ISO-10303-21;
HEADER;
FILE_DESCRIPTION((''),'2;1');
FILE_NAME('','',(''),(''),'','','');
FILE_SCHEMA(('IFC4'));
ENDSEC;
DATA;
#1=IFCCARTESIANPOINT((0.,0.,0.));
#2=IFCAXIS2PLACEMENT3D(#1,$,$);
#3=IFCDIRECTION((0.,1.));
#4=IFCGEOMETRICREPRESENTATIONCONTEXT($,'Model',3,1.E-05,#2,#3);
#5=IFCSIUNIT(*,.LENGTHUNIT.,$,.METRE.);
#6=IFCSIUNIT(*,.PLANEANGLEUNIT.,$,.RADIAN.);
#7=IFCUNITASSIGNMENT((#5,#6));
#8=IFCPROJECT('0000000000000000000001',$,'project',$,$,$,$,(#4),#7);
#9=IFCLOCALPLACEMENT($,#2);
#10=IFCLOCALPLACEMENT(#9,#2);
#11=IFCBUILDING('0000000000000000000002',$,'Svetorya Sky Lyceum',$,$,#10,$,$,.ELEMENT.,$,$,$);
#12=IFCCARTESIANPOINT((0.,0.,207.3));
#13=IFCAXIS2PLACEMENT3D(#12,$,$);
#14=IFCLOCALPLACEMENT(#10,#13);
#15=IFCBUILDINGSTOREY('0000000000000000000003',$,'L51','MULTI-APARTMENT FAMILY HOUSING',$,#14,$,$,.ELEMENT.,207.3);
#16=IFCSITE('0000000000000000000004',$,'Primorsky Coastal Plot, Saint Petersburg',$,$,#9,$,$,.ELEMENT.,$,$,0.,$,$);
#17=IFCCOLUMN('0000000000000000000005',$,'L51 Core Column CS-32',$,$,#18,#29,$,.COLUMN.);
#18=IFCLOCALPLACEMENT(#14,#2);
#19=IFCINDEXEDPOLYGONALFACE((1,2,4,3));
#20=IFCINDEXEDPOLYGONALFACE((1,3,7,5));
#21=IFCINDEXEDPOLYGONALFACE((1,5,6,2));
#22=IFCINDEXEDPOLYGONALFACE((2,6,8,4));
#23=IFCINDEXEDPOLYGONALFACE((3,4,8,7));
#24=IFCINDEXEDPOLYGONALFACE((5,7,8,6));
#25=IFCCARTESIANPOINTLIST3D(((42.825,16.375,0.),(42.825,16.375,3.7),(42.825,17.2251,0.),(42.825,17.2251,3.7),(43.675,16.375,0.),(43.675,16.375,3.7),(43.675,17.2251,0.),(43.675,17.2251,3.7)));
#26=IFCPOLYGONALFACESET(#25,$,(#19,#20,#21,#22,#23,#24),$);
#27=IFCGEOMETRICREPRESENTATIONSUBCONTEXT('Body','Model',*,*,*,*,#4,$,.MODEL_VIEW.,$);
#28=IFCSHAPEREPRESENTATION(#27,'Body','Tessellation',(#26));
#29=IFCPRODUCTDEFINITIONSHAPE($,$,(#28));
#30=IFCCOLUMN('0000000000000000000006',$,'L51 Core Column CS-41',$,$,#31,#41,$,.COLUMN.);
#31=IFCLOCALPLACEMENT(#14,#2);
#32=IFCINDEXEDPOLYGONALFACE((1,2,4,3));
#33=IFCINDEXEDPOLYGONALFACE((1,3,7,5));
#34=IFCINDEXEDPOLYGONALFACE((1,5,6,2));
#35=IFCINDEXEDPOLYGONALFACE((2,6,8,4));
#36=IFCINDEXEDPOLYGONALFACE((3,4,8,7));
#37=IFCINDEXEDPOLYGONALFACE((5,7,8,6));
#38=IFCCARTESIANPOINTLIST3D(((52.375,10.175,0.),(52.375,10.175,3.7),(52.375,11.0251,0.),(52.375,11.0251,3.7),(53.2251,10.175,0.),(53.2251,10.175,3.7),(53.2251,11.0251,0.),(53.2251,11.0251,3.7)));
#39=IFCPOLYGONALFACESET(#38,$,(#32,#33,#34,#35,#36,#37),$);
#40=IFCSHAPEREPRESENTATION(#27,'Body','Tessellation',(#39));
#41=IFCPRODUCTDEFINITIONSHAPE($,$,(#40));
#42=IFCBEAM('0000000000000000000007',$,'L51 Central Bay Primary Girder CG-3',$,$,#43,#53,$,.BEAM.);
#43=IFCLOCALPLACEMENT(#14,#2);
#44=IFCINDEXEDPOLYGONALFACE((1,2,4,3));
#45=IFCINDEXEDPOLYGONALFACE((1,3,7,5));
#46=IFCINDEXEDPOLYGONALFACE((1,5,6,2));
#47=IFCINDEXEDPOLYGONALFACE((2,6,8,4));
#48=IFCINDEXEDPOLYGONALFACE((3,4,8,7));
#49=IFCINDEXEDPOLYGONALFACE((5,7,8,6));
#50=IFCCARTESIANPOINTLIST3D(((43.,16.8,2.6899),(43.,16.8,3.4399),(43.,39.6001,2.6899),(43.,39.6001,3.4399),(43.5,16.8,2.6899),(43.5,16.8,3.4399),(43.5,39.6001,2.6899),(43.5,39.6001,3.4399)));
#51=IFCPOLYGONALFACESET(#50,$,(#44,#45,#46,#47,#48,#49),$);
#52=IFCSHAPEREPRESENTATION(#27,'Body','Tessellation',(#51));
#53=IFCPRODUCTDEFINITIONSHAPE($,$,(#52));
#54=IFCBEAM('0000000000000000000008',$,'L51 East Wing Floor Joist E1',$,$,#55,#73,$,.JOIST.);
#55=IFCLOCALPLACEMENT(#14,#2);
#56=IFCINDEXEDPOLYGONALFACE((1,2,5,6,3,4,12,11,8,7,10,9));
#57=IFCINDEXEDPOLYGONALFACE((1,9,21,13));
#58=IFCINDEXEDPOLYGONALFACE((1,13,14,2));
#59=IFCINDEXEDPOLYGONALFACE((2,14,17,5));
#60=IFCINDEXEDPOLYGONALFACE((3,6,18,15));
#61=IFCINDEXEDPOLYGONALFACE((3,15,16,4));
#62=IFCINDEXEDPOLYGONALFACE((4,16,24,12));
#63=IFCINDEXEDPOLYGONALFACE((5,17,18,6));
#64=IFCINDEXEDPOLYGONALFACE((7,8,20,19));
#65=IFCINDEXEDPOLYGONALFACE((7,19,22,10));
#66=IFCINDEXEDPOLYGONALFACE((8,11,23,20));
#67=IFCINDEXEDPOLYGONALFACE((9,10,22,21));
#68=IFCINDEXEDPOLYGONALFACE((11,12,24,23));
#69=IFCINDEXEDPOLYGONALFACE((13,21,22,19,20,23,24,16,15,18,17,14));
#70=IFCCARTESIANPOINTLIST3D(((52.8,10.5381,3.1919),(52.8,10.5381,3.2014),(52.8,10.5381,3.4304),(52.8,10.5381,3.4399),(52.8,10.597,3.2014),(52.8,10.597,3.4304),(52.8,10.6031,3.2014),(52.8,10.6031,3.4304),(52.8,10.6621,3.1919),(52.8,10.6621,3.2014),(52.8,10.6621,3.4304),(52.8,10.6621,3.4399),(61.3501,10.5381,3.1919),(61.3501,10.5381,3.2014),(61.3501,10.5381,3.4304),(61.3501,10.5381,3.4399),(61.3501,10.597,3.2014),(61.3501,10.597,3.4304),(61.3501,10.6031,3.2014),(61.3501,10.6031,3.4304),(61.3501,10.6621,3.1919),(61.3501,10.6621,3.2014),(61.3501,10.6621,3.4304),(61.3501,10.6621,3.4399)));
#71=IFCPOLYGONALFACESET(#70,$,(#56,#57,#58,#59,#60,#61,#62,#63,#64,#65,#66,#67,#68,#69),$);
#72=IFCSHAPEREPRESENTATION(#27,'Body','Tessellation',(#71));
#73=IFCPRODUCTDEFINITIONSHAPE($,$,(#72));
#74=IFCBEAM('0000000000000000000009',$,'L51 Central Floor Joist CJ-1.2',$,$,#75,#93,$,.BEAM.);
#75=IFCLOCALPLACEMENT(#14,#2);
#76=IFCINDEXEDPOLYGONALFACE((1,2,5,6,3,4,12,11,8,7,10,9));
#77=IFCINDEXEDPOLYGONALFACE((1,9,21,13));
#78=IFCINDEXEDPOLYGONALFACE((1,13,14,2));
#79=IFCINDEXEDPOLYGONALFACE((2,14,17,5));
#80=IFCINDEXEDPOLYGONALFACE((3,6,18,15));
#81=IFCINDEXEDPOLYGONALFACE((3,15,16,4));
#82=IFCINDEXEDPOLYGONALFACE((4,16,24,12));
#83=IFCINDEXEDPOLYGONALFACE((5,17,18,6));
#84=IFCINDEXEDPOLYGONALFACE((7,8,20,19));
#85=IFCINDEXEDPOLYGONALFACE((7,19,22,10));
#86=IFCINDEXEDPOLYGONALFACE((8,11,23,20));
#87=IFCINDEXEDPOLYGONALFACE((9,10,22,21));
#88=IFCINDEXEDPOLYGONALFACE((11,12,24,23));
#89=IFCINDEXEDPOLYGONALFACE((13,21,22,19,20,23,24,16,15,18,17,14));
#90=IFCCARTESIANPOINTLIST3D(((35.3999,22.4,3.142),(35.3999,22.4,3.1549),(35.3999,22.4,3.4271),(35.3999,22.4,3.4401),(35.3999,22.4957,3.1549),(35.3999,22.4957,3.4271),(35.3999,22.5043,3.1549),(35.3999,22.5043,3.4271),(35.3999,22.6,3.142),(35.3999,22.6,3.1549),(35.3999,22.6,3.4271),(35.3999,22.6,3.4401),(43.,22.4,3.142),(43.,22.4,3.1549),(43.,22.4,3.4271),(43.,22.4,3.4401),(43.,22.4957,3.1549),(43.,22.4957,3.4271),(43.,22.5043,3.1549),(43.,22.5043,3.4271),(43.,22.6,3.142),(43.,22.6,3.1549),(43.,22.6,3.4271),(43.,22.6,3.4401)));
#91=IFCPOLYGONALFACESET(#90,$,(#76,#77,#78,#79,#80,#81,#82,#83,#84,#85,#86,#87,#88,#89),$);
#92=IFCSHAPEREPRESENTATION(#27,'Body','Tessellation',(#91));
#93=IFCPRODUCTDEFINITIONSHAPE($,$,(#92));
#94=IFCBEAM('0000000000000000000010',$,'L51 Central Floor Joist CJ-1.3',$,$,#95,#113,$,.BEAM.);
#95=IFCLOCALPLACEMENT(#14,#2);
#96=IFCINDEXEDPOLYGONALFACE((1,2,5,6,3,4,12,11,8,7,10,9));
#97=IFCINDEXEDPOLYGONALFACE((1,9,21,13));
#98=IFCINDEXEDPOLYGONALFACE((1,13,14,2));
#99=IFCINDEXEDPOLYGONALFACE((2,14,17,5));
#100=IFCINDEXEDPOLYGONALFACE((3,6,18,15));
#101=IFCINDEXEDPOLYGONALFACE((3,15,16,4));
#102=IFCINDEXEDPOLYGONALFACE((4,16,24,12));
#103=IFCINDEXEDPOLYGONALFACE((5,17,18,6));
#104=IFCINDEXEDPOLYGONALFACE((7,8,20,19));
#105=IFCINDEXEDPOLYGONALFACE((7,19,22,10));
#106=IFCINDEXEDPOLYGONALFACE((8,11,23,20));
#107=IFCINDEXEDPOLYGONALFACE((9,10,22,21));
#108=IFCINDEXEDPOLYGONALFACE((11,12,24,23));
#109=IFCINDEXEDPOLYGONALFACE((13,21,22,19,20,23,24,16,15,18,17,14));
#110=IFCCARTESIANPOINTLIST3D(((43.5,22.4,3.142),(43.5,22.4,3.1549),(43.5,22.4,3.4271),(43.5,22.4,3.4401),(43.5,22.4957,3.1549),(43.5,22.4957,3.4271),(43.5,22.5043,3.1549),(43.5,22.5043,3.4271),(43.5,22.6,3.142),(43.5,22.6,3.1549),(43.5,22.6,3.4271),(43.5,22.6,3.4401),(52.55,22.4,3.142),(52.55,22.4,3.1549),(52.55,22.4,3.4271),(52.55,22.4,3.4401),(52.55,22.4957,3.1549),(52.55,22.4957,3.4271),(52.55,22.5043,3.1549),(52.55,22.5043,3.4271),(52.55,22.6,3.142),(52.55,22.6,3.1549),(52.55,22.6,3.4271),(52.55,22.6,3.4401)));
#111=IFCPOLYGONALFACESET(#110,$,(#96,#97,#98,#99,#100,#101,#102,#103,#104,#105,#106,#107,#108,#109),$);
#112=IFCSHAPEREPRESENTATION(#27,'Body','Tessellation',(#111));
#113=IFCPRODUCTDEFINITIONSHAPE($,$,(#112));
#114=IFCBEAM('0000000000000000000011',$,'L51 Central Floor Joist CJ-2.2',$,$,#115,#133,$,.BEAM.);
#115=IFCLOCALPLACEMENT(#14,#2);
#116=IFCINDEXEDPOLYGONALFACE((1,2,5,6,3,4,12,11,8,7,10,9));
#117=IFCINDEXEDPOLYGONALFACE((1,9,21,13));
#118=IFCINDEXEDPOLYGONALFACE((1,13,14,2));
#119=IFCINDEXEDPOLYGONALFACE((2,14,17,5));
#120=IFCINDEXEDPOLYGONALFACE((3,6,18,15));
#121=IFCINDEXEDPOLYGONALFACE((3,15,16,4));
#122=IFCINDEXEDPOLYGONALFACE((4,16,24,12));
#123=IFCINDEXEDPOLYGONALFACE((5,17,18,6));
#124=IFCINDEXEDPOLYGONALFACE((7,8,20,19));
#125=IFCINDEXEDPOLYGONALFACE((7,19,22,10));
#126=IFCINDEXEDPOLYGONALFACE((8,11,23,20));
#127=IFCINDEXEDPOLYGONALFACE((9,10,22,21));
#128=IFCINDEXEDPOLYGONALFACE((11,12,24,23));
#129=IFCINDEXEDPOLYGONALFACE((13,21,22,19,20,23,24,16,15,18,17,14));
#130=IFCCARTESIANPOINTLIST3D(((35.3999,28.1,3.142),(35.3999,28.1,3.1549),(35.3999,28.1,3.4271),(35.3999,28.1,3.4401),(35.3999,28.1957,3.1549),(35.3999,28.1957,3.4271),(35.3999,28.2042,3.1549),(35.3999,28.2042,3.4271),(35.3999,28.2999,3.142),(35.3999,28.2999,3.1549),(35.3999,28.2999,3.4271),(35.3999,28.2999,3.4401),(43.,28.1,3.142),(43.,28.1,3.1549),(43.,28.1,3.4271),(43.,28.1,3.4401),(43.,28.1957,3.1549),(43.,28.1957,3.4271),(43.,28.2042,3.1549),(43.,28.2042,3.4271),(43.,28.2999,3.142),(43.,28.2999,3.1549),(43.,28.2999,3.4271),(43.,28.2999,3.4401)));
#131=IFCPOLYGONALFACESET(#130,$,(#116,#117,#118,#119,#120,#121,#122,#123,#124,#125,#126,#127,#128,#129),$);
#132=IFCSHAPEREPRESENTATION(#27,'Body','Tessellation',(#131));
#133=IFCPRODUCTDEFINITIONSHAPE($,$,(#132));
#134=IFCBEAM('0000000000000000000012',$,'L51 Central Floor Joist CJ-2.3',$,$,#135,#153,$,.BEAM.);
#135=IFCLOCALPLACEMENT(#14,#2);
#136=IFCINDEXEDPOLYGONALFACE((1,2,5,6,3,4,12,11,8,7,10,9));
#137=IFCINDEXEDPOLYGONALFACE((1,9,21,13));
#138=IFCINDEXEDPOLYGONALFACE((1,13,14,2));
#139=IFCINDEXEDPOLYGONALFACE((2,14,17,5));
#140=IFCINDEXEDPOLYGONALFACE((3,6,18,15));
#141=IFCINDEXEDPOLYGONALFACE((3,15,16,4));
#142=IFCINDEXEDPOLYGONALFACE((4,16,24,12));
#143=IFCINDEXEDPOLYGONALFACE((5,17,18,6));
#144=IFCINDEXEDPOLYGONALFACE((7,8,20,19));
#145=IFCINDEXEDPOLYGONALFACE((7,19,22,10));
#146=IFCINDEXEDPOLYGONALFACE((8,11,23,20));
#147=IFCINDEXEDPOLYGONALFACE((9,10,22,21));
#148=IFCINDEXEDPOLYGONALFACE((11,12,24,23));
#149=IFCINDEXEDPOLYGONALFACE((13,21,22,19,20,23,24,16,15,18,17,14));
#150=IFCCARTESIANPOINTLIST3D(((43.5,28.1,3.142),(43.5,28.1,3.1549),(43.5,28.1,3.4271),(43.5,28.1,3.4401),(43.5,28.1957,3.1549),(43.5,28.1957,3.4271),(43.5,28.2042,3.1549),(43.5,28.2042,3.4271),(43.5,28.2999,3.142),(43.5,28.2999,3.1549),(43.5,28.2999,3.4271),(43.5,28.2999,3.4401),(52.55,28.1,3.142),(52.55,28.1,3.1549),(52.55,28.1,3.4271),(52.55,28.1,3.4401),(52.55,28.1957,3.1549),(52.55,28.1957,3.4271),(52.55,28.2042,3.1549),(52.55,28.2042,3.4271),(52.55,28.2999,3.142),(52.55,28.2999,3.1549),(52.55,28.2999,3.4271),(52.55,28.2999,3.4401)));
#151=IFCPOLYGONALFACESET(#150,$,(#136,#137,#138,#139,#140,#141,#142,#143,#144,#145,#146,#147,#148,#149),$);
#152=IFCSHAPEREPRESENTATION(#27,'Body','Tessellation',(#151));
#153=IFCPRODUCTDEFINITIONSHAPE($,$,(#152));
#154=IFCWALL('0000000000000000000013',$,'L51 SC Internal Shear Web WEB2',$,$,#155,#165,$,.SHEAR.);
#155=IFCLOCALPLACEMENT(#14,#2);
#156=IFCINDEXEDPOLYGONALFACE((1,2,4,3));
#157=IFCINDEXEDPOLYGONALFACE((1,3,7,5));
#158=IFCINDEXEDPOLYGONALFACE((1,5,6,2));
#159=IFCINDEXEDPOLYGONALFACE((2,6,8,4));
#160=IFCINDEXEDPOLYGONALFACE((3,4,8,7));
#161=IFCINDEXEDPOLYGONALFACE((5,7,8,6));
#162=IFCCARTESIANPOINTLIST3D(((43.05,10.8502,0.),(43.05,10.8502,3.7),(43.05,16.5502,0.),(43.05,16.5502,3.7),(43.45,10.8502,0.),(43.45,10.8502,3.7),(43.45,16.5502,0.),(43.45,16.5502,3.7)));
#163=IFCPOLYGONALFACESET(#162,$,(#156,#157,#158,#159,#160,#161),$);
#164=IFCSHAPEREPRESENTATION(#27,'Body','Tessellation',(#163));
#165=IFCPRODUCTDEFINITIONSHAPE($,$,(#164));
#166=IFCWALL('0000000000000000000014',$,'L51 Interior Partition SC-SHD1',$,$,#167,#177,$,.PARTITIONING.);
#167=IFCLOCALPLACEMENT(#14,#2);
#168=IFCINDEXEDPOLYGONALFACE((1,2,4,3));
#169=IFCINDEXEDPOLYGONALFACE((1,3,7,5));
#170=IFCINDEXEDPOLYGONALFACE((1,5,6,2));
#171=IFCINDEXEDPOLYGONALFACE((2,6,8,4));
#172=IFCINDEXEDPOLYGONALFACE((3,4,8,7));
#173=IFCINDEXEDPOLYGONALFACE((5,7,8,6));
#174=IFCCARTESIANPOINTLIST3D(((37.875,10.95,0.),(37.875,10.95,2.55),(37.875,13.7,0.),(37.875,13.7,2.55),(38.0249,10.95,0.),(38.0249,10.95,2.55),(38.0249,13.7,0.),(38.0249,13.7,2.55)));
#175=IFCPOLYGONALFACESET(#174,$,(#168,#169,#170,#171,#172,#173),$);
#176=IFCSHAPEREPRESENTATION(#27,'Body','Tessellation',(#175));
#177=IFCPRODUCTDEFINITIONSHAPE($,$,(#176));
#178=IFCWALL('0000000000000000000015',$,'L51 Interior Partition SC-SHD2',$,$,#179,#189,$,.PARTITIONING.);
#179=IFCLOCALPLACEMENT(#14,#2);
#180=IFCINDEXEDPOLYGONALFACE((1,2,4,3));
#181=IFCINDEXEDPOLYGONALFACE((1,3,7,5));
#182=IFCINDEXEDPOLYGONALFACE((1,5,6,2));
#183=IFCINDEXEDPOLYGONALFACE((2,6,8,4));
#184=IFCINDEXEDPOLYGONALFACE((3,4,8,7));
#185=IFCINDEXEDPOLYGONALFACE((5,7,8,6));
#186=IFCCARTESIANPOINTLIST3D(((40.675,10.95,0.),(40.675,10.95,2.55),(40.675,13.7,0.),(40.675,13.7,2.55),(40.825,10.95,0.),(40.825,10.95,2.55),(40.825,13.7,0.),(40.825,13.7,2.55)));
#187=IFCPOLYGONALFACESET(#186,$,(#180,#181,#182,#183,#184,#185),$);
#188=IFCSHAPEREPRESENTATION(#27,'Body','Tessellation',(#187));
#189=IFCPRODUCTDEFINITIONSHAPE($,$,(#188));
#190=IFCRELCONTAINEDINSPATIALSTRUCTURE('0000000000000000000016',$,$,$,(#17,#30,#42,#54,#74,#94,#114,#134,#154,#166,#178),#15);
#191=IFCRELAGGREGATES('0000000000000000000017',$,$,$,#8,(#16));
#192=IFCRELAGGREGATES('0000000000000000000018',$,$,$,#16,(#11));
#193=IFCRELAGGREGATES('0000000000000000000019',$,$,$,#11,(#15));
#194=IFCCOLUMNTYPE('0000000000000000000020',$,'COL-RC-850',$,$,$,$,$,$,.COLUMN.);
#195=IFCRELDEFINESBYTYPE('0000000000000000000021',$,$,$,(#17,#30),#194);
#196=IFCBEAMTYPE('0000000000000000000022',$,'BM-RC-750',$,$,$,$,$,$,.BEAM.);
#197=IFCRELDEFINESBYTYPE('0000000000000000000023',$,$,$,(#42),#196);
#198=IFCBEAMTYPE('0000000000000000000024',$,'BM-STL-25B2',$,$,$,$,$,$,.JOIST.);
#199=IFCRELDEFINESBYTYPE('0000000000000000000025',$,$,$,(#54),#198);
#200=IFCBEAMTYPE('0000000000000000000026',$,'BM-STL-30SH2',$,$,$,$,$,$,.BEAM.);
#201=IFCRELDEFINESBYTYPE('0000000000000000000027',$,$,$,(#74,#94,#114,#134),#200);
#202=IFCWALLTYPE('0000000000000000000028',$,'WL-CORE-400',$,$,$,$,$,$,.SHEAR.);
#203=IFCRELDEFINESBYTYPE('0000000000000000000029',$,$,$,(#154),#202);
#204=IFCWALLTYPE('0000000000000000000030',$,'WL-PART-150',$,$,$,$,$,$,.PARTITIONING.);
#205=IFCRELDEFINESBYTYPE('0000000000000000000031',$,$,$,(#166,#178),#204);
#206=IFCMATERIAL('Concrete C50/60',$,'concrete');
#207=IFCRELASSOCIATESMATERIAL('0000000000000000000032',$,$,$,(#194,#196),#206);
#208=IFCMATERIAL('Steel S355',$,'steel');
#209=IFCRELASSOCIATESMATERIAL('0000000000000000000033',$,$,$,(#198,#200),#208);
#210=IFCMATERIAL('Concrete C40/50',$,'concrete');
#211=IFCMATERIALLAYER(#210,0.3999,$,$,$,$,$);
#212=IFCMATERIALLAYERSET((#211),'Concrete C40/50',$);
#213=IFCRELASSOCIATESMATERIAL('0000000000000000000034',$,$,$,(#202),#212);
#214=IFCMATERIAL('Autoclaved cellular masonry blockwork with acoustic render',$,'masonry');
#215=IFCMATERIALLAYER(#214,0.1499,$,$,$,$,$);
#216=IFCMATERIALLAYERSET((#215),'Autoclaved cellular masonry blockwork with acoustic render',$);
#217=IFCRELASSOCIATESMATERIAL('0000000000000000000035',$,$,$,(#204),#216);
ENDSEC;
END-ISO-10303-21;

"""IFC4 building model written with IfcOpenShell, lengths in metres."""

from ifc_helpers import new_model, si_unit, direction, frame, frame_2d, origin, origin_2d, place, context, subcontext, project, spatial, rectangle, i_section, extrude, material, layer, layer_set, material_profile, profile_set, type_object, element, save


model = new_model("IFC4")

# Units and contexts
model_context = context("Model", 3, precision=1e-05, world=origin(), true_north=direction((0.0, 1.0)))
body_context = subcontext(model_context, "Body", "Model", "MODEL_VIEW")
ifc_project = project(units=[si_unit("LENGTHUNIT", "METRE"), si_unit("PLANEANGLEUNIT", "RADIAN")], contexts=[model_context])

# Site, building, storey
site_placement = place(None, origin())
site = spatial("IfcSite", under=ifc_project, at=site_placement, Name="Primorsky Coastal Plot, Saint Petersburg", CompositionType="ELEMENT", RefElevation=0.0)
building_placement = place(site_placement, origin())
building = spatial("IfcBuilding", under=site, at=building_placement, Name="Svetorya Sky Lyceum", CompositionType="ELEMENT")
storey_placement = place(building_placement, frame((0.0, 0.0, 207.3)))
storey = spatial("IfcBuildingStorey", under=building, at=storey_placement, Name="L51", Description="MULTI-APARTMENT FAMILY HOUSING", CompositionType="ELEMENT", Elevation=207.3)

# Columns
ifc_material_1 = material(Name="Concrete C50/60", Category="concrete")
ifc_material_profile_1 = material_profile(ifc_material_1, rectangle(XDim=0.8501, YDim=0.8501, at=origin_2d()), Name="RC COL 850x850")
ifc_profile_set_1 = profile_set([ifc_material_profile_1], Name="Concrete C50/60")
column_type = type_object("IfcColumnType", Name="COL-RC-850", PredefinedType="COLUMN", material=ifc_profile_set_1)
for number, where, z_axis, x_axis, name in (
    (1, (43.25, 16.8, 0.0), (0.0, 0.0, 1.0), (1.0, 0.0, 0.0), "L51 Core Column CS-32"),
    (2, (52.8, 10.6001, 0.0), (0.0, 0.0, 1.0), (1.0, 0.0, 0.0), "L51 Core Column CS-41"),
):
    element("IfcColumn", number, at=place(storey_placement, frame(where, z_axis=z_axis, x_axis=x_axis)), inside=storey, type_object=column_type, Name=name, PredefinedType="COLUMN", context=body_context, shape_type="SweptSolid", body=[
        extrude(rectangle(XDim=0.8501, YDim=0.8501, at=origin_2d()), origin(), (0.0, 0.0, 1.0), 3.7),
    ])

# Beams
ifc_material_profile_2 = material_profile(ifc_material_1, rectangle(XDim=0.5, YDim=0.75, at=origin_2d()), Name="RC BEAM 500x750")
ifc_profile_set_2 = profile_set([ifc_material_profile_2], Name="Concrete C50/60")
beam_type_1 = type_object("IfcBeamType", Name="BM-RC-750", PredefinedType="BEAM", material=ifc_profile_set_2)
beam_1_placement = place(storey_placement, frame((43.25, 16.8, 3.0649), z_axis=(0.0, 1.0, 0.0), x_axis=(-1.0, 0.0, 0.0)))
element("IfcBeam", 3, at=beam_1_placement, inside=storey, type_object=beam_type_1, Name="L51 Central Bay Primary Girder CG-3", PredefinedType="BEAM", context=body_context, shape_type="SweptSolid", body=[
    extrude(rectangle(XDim=0.5, YDim=0.75, at=origin_2d()), origin(), (0.0, 0.0, 1.0), 22.8),
])
ifc_material_2 = material(Name="Steel S355", Category="steel")
ifc_material_profile_3 = material_profile(ifc_material_2, i_section(OverallWidth=0.124, OverallDepth=0.248, WebThickness=0.0061, FlangeThickness=0.0095, at=origin_2d()), Name="GOST 25B2")
ifc_profile_set_3 = profile_set([ifc_material_profile_3], Name="Steel S355")
beam_type_2 = type_object("IfcBeamType", Name="BM-STL-25B2", PredefinedType="JOIST", material=ifc_profile_set_3)
beam_2_placement = place(storey_placement, frame((52.8, 10.6001, 3.3159), z_axis=(1.0, 0.0, 0.0), x_axis=(0.0, 1.0, 0.0)))
element("IfcBeam", 4, at=beam_2_placement, inside=storey, type_object=beam_type_2, Name="L51 East Wing Floor Joist E1", PredefinedType="JOIST", context=body_context, shape_type="SweptSolid", body=[
    extrude(i_section(OverallWidth=0.124, OverallDepth=0.248, WebThickness=0.0061, FlangeThickness=0.0095, at=origin_2d()), origin(), (0.0, 0.0, 1.0), 8.55),
])
ifc_material_profile_4 = material_profile(ifc_material_2, i_section(OverallWidth=0.2, OverallDepth=0.2981, WebThickness=0.0085, FlangeThickness=0.0129, at=origin_2d()), Name="GOST 30Sh2")
ifc_profile_set_4 = profile_set([ifc_material_profile_4], Name="Steel S355")
beam_type_3 = type_object("IfcBeamType", Name="BM-STL-30SH2", PredefinedType="BEAM", material=ifc_profile_set_4)
beam_3_placement = place(storey_placement, frame((35.3999, 22.5, 3.291), z_axis=(1.0, 0.0, 0.0), x_axis=(0.0, 1.0, 0.0)))
element("IfcBeam", 5, at=beam_3_placement, inside=storey, type_object=beam_type_3, Name="L51 Central Floor Joist CJ-1.2", PredefinedType="BEAM", context=body_context, shape_type="SweptSolid", body=[
    extrude(i_section(OverallWidth=0.2, OverallDepth=0.2981, WebThickness=0.0085, FlangeThickness=0.0129, at=origin_2d()), origin(), (0.0, 0.0, 1.0), 7.6001),
])
beam_4_placement = place(storey_placement, frame((43.5, 22.5, 3.291), z_axis=(1.0, 0.0, 0.0), x_axis=(0.0, 1.0, 0.0)))
element("IfcBeam", 6, at=beam_4_placement, inside=storey, type_object=beam_type_3, Name="L51 Central Floor Joist CJ-1.3", PredefinedType="BEAM", context=body_context, shape_type="SweptSolid", body=[
    extrude(i_section(OverallWidth=0.2, OverallDepth=0.2981, WebThickness=0.0085, FlangeThickness=0.0129, at=origin_2d()), origin(), (0.0, 0.0, 1.0), 9.05),
])
beam_5_placement = place(storey_placement, frame((35.3999, 28.2, 3.291), z_axis=(1.0, 0.0, 0.0), x_axis=(0.0, 1.0, 0.0)))
element("IfcBeam", 7, at=beam_5_placement, inside=storey, type_object=beam_type_3, Name="L51 Central Floor Joist CJ-2.2", PredefinedType="BEAM", context=body_context, shape_type="SweptSolid", body=[
    extrude(i_section(OverallWidth=0.2, OverallDepth=0.2981, WebThickness=0.0085, FlangeThickness=0.0129, at=origin_2d()), origin(), (0.0, 0.0, 1.0), 7.6001),
])
beam_6_placement = place(storey_placement, frame((43.5, 28.2, 3.291), z_axis=(1.0, 0.0, 0.0), x_axis=(0.0, 1.0, 0.0)))
element("IfcBeam", 8, at=beam_6_placement, inside=storey, type_object=beam_type_3, Name="L51 Central Floor Joist CJ-2.3", PredefinedType="BEAM", context=body_context, shape_type="SweptSolid", body=[
    extrude(i_section(OverallWidth=0.2, OverallDepth=0.2981, WebThickness=0.0085, FlangeThickness=0.0129, at=origin_2d()), origin(), (0.0, 0.0, 1.0), 9.05),
])

# Walls
ifc_material_3 = material(Name="Concrete C40/50", Category="concrete")
ifc_layer_1 = layer(ifc_material_3, 0.3999)
ifc_layer_set_1 = layer_set([ifc_layer_1], Name="Concrete C40/50")
wall_type_1 = type_object("IfcWallType", Name="WL-CORE-400", PredefinedType="SHEAR", material=ifc_layer_set_1)
wall_1_placement = place(storey_placement, frame((43.25, 10.8501, 0.0), z_axis=(0.0, 0.0, 1.0), x_axis=(0.0, 1.0, 0.0)))
element("IfcWall", 9, at=wall_1_placement, inside=storey, type_object=wall_type_1, Name="L51 SC Internal Shear Web WEB2", PredefinedType="SHEAR", context=body_context, shape_type="SweptSolid", body=[
    extrude(rectangle(XDim=5.7, YDim=0.3999, at=frame_2d((2.8501, 0.0))), origin(), (0.0, 0.0, 1.0), 3.7),
])
ifc_material_4 = material(Name="Autoclaved cellular masonry blockwork with acoustic render", Category="masonry")
ifc_layer_2 = layer(ifc_material_4, 0.1499)
ifc_layer_set_2 = layer_set([ifc_layer_2], Name="Autoclaved cellular masonry blockwork with acoustic render")
wall_type_2 = type_object("IfcWallType", Name="WL-PART-150", PredefinedType="PARTITIONING", material=ifc_layer_set_2)
for number, where, z_axis, x_axis, name in (
    (10, (37.95, 10.95, 0.0), (0.0, 0.0, 1.0), (0.0, 1.0, 0.0), "L51 Interior Partition SC-SHD1"),
    (11, (40.75, 10.95, 0.0), (0.0, 0.0, 1.0), (0.0, 1.0, 0.0), "L51 Interior Partition SC-SHD2"),
):
    element("IfcWall", number, at=place(storey_placement, frame(where, z_axis=z_axis, x_axis=x_axis)), inside=storey, type_object=wall_type_2, Name=name, PredefinedType="PARTITIONING", context=body_context, shape_type="SweptSolid", body=[
        extrude(rectangle(XDim=2.75, YDim=0.1499, at=frame_2d((1.375, 0.0))), origin(), (0.0, 0.0, 1.0), 2.55),
    ])

save(model, "model.ifc")
